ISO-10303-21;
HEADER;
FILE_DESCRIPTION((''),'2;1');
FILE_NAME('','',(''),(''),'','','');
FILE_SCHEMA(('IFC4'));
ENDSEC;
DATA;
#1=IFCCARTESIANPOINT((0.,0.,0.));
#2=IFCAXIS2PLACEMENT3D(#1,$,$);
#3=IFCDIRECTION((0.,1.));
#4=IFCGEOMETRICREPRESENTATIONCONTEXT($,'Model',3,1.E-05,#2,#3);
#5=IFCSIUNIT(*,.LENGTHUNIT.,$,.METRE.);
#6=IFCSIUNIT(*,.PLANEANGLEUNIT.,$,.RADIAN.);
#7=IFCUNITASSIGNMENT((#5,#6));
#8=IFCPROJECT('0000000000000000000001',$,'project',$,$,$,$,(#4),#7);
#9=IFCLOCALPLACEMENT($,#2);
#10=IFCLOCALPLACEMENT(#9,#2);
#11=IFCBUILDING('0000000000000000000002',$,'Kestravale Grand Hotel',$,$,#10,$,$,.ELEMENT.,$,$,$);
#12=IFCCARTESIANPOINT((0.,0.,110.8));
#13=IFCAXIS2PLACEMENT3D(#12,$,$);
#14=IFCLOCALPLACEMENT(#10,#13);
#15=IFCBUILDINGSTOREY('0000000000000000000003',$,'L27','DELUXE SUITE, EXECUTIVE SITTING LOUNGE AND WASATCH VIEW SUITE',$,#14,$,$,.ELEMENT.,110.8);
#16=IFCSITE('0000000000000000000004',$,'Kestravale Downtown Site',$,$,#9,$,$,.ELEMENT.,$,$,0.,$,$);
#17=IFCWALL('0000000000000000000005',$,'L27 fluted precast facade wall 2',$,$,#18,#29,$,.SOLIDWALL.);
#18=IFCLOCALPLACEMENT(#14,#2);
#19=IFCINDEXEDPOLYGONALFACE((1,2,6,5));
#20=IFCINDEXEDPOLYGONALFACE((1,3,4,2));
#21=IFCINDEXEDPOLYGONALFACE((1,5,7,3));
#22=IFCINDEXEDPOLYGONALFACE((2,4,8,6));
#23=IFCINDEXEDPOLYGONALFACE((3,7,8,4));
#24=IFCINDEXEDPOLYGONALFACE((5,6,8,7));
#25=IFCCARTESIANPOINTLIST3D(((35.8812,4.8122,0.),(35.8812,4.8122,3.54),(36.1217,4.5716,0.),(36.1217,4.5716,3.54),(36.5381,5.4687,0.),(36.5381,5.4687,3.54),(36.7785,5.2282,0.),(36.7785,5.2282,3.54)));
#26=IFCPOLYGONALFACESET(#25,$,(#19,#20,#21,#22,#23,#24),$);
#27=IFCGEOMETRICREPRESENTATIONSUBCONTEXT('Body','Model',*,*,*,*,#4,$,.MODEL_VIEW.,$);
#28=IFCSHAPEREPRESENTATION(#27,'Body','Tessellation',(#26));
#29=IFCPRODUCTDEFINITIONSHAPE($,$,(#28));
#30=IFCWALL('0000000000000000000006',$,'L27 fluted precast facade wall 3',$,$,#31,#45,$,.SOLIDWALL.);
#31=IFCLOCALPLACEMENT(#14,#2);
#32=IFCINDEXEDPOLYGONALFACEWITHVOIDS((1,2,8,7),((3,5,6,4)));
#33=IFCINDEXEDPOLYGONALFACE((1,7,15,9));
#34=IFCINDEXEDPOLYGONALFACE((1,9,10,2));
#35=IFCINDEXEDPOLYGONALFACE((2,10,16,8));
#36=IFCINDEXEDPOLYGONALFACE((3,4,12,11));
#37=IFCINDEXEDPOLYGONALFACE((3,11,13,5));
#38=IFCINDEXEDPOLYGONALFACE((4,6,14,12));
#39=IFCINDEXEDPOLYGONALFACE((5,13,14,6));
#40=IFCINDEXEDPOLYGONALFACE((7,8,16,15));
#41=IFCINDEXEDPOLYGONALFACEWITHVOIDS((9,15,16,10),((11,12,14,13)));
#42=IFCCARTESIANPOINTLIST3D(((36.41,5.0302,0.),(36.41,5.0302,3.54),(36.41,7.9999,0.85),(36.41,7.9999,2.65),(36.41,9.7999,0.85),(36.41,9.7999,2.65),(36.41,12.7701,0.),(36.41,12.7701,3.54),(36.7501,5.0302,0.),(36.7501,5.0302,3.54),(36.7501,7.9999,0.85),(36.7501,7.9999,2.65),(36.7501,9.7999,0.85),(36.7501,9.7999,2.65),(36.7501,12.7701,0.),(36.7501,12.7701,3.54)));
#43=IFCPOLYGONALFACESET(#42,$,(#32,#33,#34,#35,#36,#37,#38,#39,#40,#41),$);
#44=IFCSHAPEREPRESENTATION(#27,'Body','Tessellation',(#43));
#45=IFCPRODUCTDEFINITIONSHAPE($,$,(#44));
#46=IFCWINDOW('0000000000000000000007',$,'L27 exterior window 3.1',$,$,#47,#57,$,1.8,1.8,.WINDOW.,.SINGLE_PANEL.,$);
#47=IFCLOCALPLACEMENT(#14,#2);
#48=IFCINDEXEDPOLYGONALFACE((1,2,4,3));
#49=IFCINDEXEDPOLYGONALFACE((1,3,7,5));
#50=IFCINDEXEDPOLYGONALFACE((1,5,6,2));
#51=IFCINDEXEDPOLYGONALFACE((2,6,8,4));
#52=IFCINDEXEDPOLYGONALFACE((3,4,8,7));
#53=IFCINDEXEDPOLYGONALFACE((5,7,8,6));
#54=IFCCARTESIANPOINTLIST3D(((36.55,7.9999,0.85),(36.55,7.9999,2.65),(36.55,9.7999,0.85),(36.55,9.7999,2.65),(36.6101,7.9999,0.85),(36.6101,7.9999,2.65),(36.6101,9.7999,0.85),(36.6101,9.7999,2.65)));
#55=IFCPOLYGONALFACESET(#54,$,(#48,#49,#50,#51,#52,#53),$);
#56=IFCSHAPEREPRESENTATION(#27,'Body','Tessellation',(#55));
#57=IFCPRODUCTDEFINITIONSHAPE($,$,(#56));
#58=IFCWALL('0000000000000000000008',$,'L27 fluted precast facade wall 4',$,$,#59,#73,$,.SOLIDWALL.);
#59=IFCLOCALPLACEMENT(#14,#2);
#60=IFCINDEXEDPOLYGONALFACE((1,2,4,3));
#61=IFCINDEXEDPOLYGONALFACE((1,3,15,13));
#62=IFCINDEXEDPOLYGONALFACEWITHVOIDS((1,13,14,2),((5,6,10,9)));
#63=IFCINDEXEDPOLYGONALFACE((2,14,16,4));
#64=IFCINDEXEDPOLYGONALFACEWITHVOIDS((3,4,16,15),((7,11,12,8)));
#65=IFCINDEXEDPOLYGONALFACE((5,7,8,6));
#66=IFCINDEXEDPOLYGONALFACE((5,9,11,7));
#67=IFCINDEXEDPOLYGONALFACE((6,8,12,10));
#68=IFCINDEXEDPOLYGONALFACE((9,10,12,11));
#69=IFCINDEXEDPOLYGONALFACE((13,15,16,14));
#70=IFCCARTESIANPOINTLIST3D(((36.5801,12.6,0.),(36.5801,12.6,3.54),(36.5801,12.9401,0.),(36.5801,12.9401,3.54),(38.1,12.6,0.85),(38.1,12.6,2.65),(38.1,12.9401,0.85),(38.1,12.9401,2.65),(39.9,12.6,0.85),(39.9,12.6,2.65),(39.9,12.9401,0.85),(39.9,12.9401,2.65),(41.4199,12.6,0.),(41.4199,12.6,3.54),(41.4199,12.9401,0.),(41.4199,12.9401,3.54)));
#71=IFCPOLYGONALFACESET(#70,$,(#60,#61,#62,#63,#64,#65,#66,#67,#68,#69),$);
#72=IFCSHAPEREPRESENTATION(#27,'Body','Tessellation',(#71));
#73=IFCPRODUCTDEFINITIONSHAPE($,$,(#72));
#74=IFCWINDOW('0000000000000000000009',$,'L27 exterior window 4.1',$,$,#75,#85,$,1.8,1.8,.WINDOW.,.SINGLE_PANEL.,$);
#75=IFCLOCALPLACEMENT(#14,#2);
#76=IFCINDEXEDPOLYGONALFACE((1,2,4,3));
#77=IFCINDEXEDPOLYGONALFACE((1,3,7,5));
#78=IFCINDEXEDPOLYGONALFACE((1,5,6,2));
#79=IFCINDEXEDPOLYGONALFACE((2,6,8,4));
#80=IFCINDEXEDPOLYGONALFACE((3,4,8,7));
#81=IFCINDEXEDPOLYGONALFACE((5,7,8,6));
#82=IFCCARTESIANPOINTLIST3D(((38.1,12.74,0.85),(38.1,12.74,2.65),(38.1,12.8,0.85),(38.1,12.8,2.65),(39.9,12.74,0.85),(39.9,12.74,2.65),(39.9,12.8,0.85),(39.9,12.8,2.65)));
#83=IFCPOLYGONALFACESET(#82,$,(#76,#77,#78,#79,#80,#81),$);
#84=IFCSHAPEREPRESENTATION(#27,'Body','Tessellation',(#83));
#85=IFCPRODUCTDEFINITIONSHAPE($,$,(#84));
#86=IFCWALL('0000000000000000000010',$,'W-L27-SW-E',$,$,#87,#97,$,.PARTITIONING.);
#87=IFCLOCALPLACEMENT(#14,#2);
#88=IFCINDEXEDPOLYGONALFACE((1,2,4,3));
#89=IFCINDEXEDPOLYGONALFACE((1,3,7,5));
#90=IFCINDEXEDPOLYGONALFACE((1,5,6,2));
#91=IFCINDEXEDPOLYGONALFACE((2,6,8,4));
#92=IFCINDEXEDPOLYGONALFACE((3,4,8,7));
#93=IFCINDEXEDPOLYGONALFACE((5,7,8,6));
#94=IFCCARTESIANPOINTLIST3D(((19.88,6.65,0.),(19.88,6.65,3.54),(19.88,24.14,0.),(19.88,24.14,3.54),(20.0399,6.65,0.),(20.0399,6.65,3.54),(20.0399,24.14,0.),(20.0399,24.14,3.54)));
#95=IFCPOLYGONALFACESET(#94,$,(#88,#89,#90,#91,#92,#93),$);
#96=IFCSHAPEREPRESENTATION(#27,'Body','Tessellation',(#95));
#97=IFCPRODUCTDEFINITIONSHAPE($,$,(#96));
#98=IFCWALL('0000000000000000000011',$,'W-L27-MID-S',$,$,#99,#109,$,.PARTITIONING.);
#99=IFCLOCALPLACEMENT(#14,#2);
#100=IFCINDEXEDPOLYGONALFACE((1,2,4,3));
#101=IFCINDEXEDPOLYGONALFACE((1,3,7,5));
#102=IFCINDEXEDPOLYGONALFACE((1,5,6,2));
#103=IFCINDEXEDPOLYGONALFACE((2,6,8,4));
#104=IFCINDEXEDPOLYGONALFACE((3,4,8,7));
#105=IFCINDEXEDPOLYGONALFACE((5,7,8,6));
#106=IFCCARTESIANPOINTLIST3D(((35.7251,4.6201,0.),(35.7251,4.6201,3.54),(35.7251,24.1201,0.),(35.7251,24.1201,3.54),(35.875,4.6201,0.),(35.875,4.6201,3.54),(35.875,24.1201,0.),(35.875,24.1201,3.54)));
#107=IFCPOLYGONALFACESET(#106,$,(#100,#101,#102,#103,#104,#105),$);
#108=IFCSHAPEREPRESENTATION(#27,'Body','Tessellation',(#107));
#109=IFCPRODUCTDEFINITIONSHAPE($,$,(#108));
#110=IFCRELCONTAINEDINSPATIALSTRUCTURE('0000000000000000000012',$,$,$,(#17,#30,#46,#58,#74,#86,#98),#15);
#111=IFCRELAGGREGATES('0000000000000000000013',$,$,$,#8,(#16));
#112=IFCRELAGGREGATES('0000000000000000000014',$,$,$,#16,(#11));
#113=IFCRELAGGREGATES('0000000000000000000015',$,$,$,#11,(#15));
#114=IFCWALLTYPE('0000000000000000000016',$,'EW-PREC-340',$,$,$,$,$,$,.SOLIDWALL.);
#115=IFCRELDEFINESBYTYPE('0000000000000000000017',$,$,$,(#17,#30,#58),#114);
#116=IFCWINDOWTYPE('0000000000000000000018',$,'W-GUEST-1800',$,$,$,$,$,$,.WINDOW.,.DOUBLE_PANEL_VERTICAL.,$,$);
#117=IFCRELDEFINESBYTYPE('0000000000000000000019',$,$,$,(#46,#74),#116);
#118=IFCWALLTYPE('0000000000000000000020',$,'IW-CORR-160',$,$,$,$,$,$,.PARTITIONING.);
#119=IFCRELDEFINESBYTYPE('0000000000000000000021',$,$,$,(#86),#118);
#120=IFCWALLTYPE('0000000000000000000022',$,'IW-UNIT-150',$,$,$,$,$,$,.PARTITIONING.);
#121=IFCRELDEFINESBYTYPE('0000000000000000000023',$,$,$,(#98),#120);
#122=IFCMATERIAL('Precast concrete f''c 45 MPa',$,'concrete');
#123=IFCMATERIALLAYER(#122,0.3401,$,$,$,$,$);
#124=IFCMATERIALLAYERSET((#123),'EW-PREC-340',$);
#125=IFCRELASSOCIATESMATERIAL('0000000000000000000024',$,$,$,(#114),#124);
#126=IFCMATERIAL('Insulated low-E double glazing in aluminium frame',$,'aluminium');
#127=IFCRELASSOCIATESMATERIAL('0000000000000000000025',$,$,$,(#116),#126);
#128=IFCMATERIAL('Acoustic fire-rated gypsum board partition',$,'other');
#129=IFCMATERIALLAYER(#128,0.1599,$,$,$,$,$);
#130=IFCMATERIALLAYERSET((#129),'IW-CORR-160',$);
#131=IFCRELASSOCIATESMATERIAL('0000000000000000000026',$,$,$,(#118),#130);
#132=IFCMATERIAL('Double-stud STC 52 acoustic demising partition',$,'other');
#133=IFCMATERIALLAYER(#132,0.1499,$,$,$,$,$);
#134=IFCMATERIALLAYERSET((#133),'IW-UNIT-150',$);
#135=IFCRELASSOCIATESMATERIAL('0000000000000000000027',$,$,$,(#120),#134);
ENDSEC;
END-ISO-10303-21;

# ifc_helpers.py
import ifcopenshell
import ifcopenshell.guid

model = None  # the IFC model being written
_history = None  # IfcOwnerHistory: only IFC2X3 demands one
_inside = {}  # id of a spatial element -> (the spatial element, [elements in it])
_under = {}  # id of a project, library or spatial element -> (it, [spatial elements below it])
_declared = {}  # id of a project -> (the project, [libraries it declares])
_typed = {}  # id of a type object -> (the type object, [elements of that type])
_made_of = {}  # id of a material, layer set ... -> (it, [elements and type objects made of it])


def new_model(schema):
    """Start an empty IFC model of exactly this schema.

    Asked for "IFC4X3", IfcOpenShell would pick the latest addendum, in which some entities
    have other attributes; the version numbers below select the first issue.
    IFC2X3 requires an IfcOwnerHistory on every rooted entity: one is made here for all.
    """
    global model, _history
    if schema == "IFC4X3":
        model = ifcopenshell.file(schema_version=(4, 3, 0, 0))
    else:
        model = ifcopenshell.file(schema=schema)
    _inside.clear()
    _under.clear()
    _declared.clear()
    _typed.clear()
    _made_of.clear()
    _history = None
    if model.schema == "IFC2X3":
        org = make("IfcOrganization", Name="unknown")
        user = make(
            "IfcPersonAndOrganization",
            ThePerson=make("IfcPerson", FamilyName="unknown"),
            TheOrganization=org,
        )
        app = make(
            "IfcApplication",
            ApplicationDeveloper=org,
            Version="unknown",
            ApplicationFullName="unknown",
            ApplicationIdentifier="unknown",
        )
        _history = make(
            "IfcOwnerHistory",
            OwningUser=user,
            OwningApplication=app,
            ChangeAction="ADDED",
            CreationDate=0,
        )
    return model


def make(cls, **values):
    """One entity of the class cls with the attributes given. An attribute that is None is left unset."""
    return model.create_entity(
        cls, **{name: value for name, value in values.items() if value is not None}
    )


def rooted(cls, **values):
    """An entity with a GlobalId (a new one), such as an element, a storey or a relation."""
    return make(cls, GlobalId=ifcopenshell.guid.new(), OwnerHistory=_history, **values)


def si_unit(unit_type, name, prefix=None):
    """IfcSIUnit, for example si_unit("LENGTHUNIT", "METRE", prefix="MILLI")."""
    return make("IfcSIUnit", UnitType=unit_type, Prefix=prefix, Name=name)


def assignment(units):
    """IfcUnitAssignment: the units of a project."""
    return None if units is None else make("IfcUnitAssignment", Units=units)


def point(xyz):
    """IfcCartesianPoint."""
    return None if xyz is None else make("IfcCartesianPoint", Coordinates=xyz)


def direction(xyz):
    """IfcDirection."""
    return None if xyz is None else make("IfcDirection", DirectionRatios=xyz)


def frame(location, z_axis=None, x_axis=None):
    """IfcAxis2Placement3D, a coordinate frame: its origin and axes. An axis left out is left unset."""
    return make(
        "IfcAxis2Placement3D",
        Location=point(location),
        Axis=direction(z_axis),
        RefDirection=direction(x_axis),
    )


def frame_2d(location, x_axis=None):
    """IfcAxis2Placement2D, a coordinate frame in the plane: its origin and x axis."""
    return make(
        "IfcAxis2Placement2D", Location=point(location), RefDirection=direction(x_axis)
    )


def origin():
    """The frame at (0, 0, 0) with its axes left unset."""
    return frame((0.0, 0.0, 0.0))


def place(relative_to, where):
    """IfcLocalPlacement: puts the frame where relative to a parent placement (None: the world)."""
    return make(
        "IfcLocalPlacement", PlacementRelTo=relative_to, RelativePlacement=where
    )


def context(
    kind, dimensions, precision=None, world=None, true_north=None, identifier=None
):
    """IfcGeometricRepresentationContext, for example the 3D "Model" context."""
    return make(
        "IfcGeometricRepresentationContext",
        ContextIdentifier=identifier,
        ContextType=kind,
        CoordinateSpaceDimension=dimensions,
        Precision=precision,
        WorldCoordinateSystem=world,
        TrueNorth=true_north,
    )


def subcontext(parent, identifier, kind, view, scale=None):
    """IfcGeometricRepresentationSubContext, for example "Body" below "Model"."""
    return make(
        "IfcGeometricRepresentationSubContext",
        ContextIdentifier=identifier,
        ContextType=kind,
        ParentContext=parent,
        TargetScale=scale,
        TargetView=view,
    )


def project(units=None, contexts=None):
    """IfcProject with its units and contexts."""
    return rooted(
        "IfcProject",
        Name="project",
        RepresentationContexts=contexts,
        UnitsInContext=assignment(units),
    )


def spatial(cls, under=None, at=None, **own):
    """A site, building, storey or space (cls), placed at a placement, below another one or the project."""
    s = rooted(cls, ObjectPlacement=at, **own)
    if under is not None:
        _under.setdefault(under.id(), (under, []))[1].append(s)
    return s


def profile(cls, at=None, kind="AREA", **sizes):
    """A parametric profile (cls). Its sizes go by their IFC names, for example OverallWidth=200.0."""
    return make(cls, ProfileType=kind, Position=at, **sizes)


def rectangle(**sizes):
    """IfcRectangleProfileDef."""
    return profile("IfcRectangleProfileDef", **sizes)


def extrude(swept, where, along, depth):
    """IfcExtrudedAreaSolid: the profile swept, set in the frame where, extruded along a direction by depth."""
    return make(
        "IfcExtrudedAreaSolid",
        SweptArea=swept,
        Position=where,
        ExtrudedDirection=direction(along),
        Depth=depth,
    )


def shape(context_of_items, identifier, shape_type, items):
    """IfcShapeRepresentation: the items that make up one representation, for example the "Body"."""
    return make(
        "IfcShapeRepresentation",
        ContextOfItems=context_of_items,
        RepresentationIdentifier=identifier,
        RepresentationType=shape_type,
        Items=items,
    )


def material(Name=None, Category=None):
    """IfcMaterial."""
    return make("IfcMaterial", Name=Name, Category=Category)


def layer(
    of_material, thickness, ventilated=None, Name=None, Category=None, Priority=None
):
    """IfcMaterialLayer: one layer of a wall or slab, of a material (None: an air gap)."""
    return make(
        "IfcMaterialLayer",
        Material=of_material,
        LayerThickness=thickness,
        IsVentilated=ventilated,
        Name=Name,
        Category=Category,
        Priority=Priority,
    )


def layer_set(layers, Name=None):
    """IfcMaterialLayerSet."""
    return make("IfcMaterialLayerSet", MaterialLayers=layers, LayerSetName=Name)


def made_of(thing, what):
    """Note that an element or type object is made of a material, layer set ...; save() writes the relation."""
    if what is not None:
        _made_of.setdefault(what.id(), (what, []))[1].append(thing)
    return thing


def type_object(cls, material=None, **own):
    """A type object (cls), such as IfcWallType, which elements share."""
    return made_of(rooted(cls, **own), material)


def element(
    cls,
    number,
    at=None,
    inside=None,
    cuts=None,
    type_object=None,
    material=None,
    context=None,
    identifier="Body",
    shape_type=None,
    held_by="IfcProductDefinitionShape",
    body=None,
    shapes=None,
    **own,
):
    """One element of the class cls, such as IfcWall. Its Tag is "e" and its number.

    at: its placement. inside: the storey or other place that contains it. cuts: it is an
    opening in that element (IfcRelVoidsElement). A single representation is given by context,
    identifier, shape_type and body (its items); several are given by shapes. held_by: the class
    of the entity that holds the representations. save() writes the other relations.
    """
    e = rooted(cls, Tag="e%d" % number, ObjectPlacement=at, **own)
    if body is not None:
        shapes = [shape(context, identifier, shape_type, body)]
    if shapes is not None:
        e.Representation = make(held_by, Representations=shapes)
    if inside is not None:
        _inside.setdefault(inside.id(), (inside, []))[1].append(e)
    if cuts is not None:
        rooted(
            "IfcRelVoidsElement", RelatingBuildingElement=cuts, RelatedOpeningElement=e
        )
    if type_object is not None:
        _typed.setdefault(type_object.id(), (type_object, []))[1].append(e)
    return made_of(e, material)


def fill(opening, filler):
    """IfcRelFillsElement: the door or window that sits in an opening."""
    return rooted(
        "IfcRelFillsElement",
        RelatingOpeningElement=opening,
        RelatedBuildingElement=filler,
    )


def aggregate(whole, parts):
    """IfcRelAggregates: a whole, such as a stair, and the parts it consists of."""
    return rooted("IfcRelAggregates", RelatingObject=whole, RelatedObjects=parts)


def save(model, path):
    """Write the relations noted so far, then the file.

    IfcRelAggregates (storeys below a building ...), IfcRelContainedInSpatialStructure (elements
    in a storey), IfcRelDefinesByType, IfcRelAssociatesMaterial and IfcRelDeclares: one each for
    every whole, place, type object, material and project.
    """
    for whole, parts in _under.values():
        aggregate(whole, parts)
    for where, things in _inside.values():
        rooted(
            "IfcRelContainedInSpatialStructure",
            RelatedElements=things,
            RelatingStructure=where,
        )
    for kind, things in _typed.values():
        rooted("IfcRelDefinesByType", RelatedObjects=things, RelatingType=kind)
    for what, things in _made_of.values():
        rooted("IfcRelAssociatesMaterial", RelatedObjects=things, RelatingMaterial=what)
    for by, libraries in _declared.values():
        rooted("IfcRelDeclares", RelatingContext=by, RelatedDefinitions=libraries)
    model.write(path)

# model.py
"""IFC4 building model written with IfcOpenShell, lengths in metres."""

from ifc_helpers import new_model, si_unit, direction, frame, frame_2d, origin, place, context, subcontext, project, spatial, rectangle, extrude, material, layer, layer_set, type_object, element, fill, save


model = new_model("IFC4")

# Units and contexts
model_context = context("Model", 3, precision=1e-05, world=origin(), true_north=direction((0.0, 1.0)))
body_context = subcontext(model_context, "Body", "Model", "MODEL_VIEW")
ifc_project = project(units=[si_unit("LENGTHUNIT", "METRE"), si_unit("PLANEANGLEUNIT", "RADIAN")], contexts=[model_context])

# Site, building, storey
site_placement = place(None, origin())
site = spatial("IfcSite", under=ifc_project, at=site_placement, Name="Kestravale Downtown Site", CompositionType="ELEMENT", RefElevation=0.0)
building_placement = place(site_placement, origin())
building = spatial("IfcBuilding", under=site, at=building_placement, Name="Kestravale Grand Hotel", CompositionType="ELEMENT")
storey_placement = place(building_placement, frame((0.0, 0.0, 110.8)))
storey = spatial("IfcBuildingStorey", under=building, at=storey_placement, Name="L27", Description="DELUXE SUITE, EXECUTIVE SITTING LOUNGE AND WASATCH VIEW SUITE", CompositionType="ELEMENT", Elevation=110.8)

# Wall
ifc_material_1 = material(Name="Precast concrete f'c 45 MPa", Category="concrete")
ifc_layer_1 = layer(ifc_material_1, 0.3401)
ifc_layer_set_1 = layer_set([ifc_layer_1], Name="EW-PREC-340")
wall_type_1 = type_object("IfcWallType", Name="EW-PREC-340", PredefinedType="SOLIDWALL", material=ifc_layer_set_1)
wall_1_placement = place(storey_placement, frame((36.0015, 4.6919, 0.0), z_axis=(0.0, 0.0, 1.0), x_axis=(0.707238, 0.706975, 0.0)))
element("IfcWall", 1, at=wall_1_placement, inside=storey, type_object=wall_type_1, Name="L27 fluted precast facade wall 2", PredefinedType="SOLIDWALL", context=body_context, shape_type="SweptSolid", body=[
    extrude(rectangle(XDim=0.9287, YDim=0.3401, at=frame_2d((0.4644, 0.0))), origin(), (0.0, 0.0, 1.0), 3.54),
])

# Walls, openings, windows
wall_2_placement = place(storey_placement, frame((36.5801, 5.03, 0.0), z_axis=(0.0, 0.0, 1.0), x_axis=(0.0, 1.0, 0.0)))
wall_2 = element("IfcWall", 2, at=wall_2_placement, inside=storey, type_object=wall_type_1, Name="L27 fluted precast facade wall 3", PredefinedType="SOLIDWALL", context=body_context, shape_type="SweptSolid", body=[
    extrude(rectangle(XDim=7.74, YDim=0.3401, at=frame_2d((3.8701, 0.0))), origin(), (0.0, 0.0, 1.0), 3.54),
])
opening_1_placement = place(wall_2_placement, frame((2.97, 0.0, 0.8501)))
opening_1 = element("IfcOpeningElement", 3, at=opening_1_placement, cuts=wall_2, PredefinedType="OPENING", context=body_context, shape_type="SweptSolid", body=[
    extrude(rectangle(XDim=1.8, YDim=1.8, at=frame_2d((0.8999, 0.8999))), frame((0.0, 0.1799, 0.0), z_axis=(0.0, -1.0, 0.0), x_axis=(1.0, 0.0, 0.0)), (0.0, 0.0, 1.0), 0.3601),
])
ifc_material_2 = material(Name="Insulated low-E double glazing in aluminium frame", Category="aluminium")
window_type = type_object("IfcWindowType", Name="W-GUEST-1800", PartitioningType="DOUBLE_PANEL_VERTICAL", PredefinedType="WINDOW", material=ifc_material_2)
window_1_placement = place(opening_1_placement, origin())
window_1 = element("IfcWindow", 4, at=window_1_placement, inside=storey, type_object=window_type, Name="L27 exterior window 3.1", OverallHeight=1.8, OverallWidth=1.8, PartitioningType="SINGLE_PANEL", PredefinedType="WINDOW", context=body_context, shape_type="SweptSolid", body=[
    extrude(rectangle(XDim=1.8, YDim=1.8, at=frame_2d((0.8999, 0.8999))), frame((0.0, 0.03, 0.0), z_axis=(0.0, -1.0, 0.0), x_axis=(1.0, 0.0, 0.0)), (0.0, 0.0, 1.0), 0.0601),
])
fill(opening_1, window_1)
wall_3_placement = place(storey_placement, frame((36.5801, 12.77, 0.0), z_axis=(0.0, 0.0, 1.0), x_axis=(1.0, 0.0, 0.0)))
wall_3 = element("IfcWall", 5, at=wall_3_placement, inside=storey, type_object=wall_type_1, Name="L27 fluted precast facade wall 4", PredefinedType="SOLIDWALL", context=body_context, shape_type="SweptSolid", body=[
    extrude(rectangle(XDim=4.8398, YDim=0.3401, at=frame_2d((2.4199, 0.0))), origin(), (0.0, 0.0, 1.0), 3.54),
])
opening_2_placement = place(wall_3_placement, frame((1.52, 0.0, 0.8501)))
opening_2 = element("IfcOpeningElement", 6, at=opening_2_placement, cuts=wall_3, PredefinedType="OPENING", context=body_context, shape_type="SweptSolid", body=[
    extrude(rectangle(XDim=1.8, YDim=1.8, at=frame_2d((0.8999, 0.8999))), frame((0.0, 0.1799, 0.0), z_axis=(0.0, -1.0, 0.0), x_axis=(1.0, 0.0, 0.0)), (0.0, 0.0, 1.0), 0.3601),
])
window_2_placement = place(opening_2_placement, origin())
window_2 = element("IfcWindow", 7, at=window_2_placement, inside=storey, type_object=window_type, Name="L27 exterior window 4.1", OverallHeight=1.8, OverallWidth=1.8, PartitioningType="SINGLE_PANEL", PredefinedType="WINDOW", context=body_context, shape_type="SweptSolid", body=[
    extrude(rectangle(XDim=1.8, YDim=1.8, at=frame_2d((0.8999, 0.8999))), frame((0.0, 0.03, 0.0), z_axis=(0.0, -1.0, 0.0), x_axis=(1.0, 0.0, 0.0)), (0.0, 0.0, 1.0), 0.0601),
])
fill(opening_2, window_2)

# Walls
ifc_material_3 = material(Name="Acoustic fire-rated gypsum board partition", Category="other")
ifc_layer_2 = layer(ifc_material_3, 0.1599)
ifc_layer_set_2 = layer_set([ifc_layer_2], Name="IW-CORR-160")
wall_type_2 = type_object("IfcWallType", Name="IW-CORR-160", PredefinedType="PARTITIONING", material=ifc_layer_set_2)
wall_4_placement = place(storey_placement, frame((19.96, 6.6499, 0.0), z_axis=(0.0, 0.0, 1.0), x_axis=(0.0, 1.0, 0.0)))
element("IfcWall", 8, at=wall_4_placement, inside=storey, type_object=wall_type_2, Name="W-L27-SW-E", PredefinedType="PARTITIONING", context=body_context, shape_type="SweptSolid", body=[
    extrude(rectangle(XDim=17.49, YDim=0.1599, at=frame_2d((8.7451, 0.0))), origin(), (0.0, 0.0, 1.0), 3.54),
])
ifc_material_4 = material(Name="Double-stud STC 52 acoustic demising partition", Category="other")
ifc_layer_3 = layer(ifc_material_4, 0.1499)
ifc_layer_set_3 = layer_set([ifc_layer_3], Name="IW-UNIT-150")
wall_type_3 = type_object("IfcWallType", Name="IW-UNIT-150", PredefinedType="PARTITIONING", material=ifc_layer_set_3)
wall_5_placement = place(storey_placement, frame((35.8, 4.6201, 0.0), z_axis=(0.0, 0.0, 1.0), x_axis=(0.0, 1.0, 0.0)))
element("IfcWall", 9, at=wall_5_placement, inside=storey, type_object=wall_type_3, Name="W-L27-MID-S", PredefinedType="PARTITIONING", context=body_context, shape_type="SweptSolid", body=[
    extrude(rectangle(XDim=19.5, YDim=0.1499, at=frame_2d((9.75, 0.0))), origin(), (0.0, 0.0, 1.0), 3.54),
])

save(model, "model.ifc")
